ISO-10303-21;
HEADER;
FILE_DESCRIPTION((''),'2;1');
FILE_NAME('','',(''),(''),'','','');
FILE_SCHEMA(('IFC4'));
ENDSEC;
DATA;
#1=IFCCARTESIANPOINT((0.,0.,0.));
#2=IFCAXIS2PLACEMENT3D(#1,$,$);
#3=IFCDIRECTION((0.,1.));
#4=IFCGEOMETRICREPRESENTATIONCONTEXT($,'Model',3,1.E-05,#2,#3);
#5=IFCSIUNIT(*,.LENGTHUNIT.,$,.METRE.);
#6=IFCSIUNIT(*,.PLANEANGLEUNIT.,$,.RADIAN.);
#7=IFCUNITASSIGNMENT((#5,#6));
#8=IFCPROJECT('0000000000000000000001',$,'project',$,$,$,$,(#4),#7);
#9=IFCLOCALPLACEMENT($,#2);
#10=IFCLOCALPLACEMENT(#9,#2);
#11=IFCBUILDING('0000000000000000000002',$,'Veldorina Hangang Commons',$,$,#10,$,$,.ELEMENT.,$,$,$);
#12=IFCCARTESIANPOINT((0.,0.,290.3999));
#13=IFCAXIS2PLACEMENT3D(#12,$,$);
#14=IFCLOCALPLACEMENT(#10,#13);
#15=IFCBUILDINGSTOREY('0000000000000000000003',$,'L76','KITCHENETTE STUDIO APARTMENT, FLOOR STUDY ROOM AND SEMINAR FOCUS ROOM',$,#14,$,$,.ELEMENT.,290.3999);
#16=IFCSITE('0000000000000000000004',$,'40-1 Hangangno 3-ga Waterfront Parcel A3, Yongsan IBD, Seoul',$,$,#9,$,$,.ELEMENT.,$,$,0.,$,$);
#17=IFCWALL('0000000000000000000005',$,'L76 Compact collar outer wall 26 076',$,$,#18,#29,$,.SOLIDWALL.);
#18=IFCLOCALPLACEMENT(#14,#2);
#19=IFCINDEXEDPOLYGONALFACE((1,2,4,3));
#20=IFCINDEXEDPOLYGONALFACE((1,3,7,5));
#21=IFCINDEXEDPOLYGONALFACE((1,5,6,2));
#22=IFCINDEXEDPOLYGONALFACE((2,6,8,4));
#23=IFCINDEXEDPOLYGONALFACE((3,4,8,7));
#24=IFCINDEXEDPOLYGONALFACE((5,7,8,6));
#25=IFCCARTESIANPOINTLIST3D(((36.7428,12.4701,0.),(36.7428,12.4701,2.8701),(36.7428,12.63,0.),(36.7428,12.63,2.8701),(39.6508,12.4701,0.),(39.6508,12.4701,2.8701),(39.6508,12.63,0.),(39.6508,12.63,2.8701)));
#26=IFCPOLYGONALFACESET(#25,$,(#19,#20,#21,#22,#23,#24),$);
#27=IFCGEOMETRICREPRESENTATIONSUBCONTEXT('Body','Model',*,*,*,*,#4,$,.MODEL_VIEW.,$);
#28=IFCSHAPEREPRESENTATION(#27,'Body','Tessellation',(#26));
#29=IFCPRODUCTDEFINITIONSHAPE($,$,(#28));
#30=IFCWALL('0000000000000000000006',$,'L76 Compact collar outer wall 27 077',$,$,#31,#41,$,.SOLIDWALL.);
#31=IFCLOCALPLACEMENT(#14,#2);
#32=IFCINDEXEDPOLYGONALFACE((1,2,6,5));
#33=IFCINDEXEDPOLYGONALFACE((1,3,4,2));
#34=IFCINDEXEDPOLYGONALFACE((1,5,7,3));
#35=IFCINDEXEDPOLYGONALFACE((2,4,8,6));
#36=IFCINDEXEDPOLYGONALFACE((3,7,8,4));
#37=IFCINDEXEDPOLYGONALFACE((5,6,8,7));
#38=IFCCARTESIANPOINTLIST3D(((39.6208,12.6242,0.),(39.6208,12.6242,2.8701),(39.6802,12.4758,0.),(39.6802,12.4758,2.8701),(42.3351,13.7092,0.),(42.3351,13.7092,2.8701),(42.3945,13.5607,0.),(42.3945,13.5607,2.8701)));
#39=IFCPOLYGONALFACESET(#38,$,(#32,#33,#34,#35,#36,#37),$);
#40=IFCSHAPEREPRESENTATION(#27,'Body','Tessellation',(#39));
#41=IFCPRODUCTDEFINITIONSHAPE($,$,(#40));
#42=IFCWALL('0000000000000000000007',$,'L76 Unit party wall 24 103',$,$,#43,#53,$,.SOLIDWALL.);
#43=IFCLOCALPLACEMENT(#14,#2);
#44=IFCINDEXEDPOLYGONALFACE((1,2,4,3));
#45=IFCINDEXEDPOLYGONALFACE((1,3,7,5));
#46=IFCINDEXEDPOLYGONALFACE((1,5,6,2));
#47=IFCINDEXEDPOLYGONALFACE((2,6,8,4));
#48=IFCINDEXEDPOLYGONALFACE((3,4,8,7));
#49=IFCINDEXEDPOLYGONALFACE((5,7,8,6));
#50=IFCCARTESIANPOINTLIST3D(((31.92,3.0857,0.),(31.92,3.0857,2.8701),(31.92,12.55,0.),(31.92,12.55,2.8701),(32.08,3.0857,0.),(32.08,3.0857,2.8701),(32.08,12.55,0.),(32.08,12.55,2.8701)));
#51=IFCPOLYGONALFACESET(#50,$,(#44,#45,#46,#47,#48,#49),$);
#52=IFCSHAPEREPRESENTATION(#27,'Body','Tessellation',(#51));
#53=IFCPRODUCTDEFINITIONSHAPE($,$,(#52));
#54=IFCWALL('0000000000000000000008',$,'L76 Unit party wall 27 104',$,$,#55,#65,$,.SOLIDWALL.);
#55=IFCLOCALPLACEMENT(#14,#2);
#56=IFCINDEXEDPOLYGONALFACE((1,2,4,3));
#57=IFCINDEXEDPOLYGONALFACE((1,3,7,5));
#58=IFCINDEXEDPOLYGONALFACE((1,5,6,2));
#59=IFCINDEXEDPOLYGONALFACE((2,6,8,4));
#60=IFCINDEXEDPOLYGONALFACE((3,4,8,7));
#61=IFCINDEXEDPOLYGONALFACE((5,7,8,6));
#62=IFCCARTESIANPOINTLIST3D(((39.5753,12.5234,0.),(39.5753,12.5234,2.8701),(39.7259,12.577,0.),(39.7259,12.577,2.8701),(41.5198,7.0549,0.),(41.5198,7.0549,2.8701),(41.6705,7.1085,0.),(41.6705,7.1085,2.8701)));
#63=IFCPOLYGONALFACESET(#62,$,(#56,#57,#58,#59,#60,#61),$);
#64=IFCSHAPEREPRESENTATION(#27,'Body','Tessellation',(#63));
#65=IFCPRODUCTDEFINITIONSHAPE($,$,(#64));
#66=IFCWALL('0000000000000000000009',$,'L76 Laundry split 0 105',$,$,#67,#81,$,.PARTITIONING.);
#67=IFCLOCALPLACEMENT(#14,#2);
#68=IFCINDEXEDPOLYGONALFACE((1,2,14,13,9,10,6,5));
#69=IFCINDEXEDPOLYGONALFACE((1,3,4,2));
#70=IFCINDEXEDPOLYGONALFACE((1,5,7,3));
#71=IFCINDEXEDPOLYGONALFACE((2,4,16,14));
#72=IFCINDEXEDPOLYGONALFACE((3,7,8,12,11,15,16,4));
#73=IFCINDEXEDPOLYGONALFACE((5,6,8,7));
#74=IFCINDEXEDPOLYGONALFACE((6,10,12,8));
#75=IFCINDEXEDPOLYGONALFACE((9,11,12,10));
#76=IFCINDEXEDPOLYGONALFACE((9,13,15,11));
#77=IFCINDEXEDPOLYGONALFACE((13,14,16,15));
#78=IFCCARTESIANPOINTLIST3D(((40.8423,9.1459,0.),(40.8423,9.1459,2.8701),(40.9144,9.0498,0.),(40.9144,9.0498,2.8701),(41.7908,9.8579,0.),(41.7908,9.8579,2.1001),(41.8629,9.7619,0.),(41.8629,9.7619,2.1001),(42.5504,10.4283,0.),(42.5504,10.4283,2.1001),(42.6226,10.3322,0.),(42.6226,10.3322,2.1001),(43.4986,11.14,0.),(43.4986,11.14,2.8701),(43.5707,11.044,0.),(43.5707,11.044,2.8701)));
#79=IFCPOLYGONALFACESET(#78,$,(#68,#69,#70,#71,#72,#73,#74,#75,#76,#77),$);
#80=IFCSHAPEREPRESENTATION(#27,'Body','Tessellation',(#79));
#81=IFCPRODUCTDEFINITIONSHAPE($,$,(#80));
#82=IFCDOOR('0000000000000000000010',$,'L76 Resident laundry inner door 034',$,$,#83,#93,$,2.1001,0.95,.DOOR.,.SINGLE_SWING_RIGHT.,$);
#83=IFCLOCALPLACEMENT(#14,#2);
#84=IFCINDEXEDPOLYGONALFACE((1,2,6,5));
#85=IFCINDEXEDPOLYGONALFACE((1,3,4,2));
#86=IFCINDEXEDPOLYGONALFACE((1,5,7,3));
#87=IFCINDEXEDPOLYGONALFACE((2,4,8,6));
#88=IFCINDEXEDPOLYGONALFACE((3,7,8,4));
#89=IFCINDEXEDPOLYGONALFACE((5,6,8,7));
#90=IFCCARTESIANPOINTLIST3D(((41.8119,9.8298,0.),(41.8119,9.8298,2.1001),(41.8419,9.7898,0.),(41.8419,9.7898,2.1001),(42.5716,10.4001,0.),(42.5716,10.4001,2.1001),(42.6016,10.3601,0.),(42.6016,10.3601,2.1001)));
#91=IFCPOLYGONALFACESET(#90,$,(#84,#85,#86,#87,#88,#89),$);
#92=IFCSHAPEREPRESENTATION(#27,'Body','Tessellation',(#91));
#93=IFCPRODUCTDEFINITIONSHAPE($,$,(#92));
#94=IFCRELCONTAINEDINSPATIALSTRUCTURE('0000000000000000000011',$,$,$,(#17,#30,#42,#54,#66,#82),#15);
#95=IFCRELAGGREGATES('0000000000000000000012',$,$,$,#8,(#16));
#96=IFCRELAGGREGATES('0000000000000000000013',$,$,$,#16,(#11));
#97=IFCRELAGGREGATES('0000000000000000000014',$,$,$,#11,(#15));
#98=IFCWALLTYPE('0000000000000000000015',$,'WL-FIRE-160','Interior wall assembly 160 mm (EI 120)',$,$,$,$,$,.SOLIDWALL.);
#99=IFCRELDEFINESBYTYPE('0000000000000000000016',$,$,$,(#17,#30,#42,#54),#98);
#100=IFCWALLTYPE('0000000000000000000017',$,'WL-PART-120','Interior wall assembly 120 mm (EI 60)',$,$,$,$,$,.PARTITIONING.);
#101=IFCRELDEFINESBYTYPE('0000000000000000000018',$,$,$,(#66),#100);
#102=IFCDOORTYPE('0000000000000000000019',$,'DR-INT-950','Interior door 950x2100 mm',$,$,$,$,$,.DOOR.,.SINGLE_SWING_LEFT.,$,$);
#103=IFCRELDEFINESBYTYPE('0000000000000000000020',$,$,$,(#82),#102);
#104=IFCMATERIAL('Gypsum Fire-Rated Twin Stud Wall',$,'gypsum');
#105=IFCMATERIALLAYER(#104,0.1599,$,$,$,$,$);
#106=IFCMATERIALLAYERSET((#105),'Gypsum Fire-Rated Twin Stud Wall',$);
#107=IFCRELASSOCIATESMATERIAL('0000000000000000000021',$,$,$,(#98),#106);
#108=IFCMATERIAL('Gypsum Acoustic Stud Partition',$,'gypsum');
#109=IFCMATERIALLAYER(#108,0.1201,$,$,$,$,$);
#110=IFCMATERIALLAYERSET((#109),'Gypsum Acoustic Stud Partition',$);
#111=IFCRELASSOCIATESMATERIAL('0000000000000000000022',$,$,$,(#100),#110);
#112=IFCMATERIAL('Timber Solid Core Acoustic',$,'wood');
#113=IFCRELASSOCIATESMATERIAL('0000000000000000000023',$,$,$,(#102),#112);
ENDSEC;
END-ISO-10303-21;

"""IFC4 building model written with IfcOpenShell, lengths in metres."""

from ifc_helpers import new_model, si_unit, direction, frame, frame_2d, origin, place, context, subcontext, project, spatial, rectangle, extrude, material, layer, layer_set, type_object, element, fill, save


model = new_model("IFC4")

# Units and contexts
model_context = context("Model", 3, precision=1e-05, world=origin(), true_north=direction((0.0, 1.0)))
body_context = subcontext(model_context, "Body", "Model", "MODEL_VIEW")
ifc_project = project(units=[si_unit("LENGTHUNIT", "METRE"), si_unit("PLANEANGLEUNIT", "RADIAN")], contexts=[model_context])

# Site, building, storey
site_placement = place(None, origin())
site = spatial("IfcSite", under=ifc_project, at=site_placement, Name="40-1 Hangangno 3-ga Waterfront Parcel A3, Yongsan IBD, Seoul", CompositionType="ELEMENT", RefElevation=0.0)
building_placement = place(site_placement, origin())
building = spatial("IfcBuilding", under=site, at=building_placement, Name="Veldorina Hangang Commons", CompositionType="ELEMENT")
storey_placement = place(building_placement, frame((0.0, 0.0, 290.3999)))
storey = spatial("IfcBuildingStorey", under=building, at=storey_placement, Name="L76", Description="KITCHENETTE STUDIO APARTMENT, FLOOR STUDY ROOM AND SEMINAR FOCUS ROOM", CompositionType="ELEMENT", Elevation=290.3999)

# Shared definitions
ifc_material_1 = material(Name="Gypsum Fire-Rated Twin Stud Wall", Category="gypsum")
ifc_layer_1 = layer(ifc_material_1, 0.1599)
ifc_layer_set_1 = layer_set([ifc_layer_1], Name="Gypsum Fire-Rated Twin Stud Wall")
wall_type_1 = type_object("IfcWallType", Name="WL-FIRE-160", Description="Interior wall assembly 160 mm (EI 120)", PredefinedType="SOLIDWALL", material=ifc_layer_set_1)

# Shared definitions
ifc_material_2 = material(Name="Timber Solid Core Acoustic", Category="wood")

# Walls
wall_1_placement = place(storey_placement, frame((36.7427, 12.55, 0.0), z_axis=(0.0, 0.0, 1.0), x_axis=(1.0, 0.0, 0.0)))
element("IfcWall", 1, at=wall_1_placement, inside=storey, type_object=wall_type_1, Name="L76 Compact collar outer wall 26 076", PredefinedType="SOLIDWALL", context=body_context, shape_type="SweptSolid", body=[
    extrude(rectangle(XDim=2.908, YDim=0.1599, at=frame_2d((1.4541, 0.0))), origin(), (0.0, 0.0, 1.0), 2.8701),
])
wall_2_placement = place(storey_placement, frame((39.6506, 12.55, 0.0), z_axis=(0.0, 0.0, 1.0), x_axis=(0.928569, 0.37116, 0.0)))
element("IfcWall", 2, at=wall_2_placement, inside=storey, type_object=wall_type_1, Name="L76 Compact collar outer wall 27 077", PredefinedType="SOLIDWALL", context=body_context, shape_type="SweptSolid", body=[
    extrude(rectangle(XDim=2.9231, YDim=0.1599, at=frame_2d((1.4614, 0.0))), origin(), (0.0, 0.0, 1.0), 2.8701),
])
wall_3_placement = place(storey_placement, frame((32.0, 12.55, 0.0), z_axis=(0.0, 0.0, 1.0), x_axis=(0.0, -1.0, 0.0)))
element("IfcWall", 3, at=wall_3_placement, inside=storey, type_object=wall_type_1, Name="L76 Unit party wall 24 103", PredefinedType="SOLIDWALL", context=body_context, shape_type="SweptSolid", body=[
    extrude(rectangle(XDim=9.4644, YDim=0.1599, at=frame_2d((4.7322, 0.0))), origin(), (0.0, 0.0, 1.0), 2.8701),
])
wall_4_placement = place(storey_placement, frame((39.6506, 12.55, 0.0), z_axis=(0.0, 0.0, 1.0), x_axis=(0.335044, -0.942203, 0.0)))
element("IfcWall", 4, at=wall_4_placement, inside=storey, type_object=wall_type_1, Name="L76 Unit party wall 27 104", PredefinedType="SOLIDWALL", context=body_context, shape_type="SweptSolid", body=[
    extrude(rectangle(XDim=5.804, YDim=0.1599, at=frame_2d((2.9019, 0.0))), origin(), (0.0, 0.0, 1.0), 2.8701),
])

# Wall, opening, door
ifc_material_3 = material(Name="Gypsum Acoustic Stud Partition", Category="gypsum")
ifc_layer_2 = layer(ifc_material_3, 0.1201)
ifc_layer_set_2 = layer_set([ifc_layer_2], Name="Gypsum Acoustic Stud Partition")
wall_type_2 = type_object("IfcWallType", Name="WL-PART-120", Description="Interior wall assembly 120 mm (EI 60)", PredefinedType="PARTITIONING", material=ifc_layer_set_2)
wall_5_placement = place(storey_placement, frame((40.8784, 9.0979, 0.0), z_axis=(0.0, 0.0, 1.0), x_axis=(0.799718, 0.600376, 0.0)))
wall_5 = element("IfcWall", 5, at=wall_5_placement, inside=storey, type_object=wall_type_2, Name="L76 Laundry split 0 105", PredefinedType="PARTITIONING", context=body_context, shape_type="SweptSolid", body=[
    extrude(rectangle(XDim=3.3215, YDim=0.1201, at=frame_2d((1.6606, 0.0))), origin(), (0.0, 0.0, 1.0), 2.8701),
])
opening_1_placement = place(wall_5_placement, frame((1.1858, 0.0, 0.0)))
opening_1 = element("IfcOpeningElement", 6, at=opening_1_placement, cuts=wall_5, PredefinedType="OPENING", context=body_context, shape_type="SweptSolid", body=[
    extrude(rectangle(XDim=0.95, YDim=2.1001, at=frame_2d((0.4751, 1.05))), frame((0.0, 0.0701, 0.0), z_axis=(0.0, -1.0, 0.0), x_axis=(1.0, 0.0, 0.0)), (0.0, 0.0, 1.0), 0.1401),
])
door_type_1 = type_object("IfcDoorType", Name="DR-INT-950", Description="Interior door 950x2100 mm", OperationType="SINGLE_SWING_LEFT", PredefinedType="DOOR", material=ifc_material_2)
door_1_placement = place(opening_1_placement, origin())
door_1 = element("IfcDoor", 7, at=door_1_placement, inside=storey, type_object=door_type_1, Name="L76 Resident laundry inner door 034", OperationType="SINGLE_SWING_RIGHT", OverallHeight=2.1001, OverallWidth=0.95, PredefinedType="DOOR", context=body_context, shape_type="SweptSolid", body=[
    extrude(rectangle(XDim=0.95, YDim=2.1001, at=frame_2d((0.4751, 1.05))), frame((0.0, 0.0249, 0.0), z_axis=(0.0, -1.0, 0.0), x_axis=(1.0, 0.0, 0.0)), (0.0, 0.0, 1.0), 0.05),
])
fill(opening_1, door_1)

save(model, "model.ifc")
